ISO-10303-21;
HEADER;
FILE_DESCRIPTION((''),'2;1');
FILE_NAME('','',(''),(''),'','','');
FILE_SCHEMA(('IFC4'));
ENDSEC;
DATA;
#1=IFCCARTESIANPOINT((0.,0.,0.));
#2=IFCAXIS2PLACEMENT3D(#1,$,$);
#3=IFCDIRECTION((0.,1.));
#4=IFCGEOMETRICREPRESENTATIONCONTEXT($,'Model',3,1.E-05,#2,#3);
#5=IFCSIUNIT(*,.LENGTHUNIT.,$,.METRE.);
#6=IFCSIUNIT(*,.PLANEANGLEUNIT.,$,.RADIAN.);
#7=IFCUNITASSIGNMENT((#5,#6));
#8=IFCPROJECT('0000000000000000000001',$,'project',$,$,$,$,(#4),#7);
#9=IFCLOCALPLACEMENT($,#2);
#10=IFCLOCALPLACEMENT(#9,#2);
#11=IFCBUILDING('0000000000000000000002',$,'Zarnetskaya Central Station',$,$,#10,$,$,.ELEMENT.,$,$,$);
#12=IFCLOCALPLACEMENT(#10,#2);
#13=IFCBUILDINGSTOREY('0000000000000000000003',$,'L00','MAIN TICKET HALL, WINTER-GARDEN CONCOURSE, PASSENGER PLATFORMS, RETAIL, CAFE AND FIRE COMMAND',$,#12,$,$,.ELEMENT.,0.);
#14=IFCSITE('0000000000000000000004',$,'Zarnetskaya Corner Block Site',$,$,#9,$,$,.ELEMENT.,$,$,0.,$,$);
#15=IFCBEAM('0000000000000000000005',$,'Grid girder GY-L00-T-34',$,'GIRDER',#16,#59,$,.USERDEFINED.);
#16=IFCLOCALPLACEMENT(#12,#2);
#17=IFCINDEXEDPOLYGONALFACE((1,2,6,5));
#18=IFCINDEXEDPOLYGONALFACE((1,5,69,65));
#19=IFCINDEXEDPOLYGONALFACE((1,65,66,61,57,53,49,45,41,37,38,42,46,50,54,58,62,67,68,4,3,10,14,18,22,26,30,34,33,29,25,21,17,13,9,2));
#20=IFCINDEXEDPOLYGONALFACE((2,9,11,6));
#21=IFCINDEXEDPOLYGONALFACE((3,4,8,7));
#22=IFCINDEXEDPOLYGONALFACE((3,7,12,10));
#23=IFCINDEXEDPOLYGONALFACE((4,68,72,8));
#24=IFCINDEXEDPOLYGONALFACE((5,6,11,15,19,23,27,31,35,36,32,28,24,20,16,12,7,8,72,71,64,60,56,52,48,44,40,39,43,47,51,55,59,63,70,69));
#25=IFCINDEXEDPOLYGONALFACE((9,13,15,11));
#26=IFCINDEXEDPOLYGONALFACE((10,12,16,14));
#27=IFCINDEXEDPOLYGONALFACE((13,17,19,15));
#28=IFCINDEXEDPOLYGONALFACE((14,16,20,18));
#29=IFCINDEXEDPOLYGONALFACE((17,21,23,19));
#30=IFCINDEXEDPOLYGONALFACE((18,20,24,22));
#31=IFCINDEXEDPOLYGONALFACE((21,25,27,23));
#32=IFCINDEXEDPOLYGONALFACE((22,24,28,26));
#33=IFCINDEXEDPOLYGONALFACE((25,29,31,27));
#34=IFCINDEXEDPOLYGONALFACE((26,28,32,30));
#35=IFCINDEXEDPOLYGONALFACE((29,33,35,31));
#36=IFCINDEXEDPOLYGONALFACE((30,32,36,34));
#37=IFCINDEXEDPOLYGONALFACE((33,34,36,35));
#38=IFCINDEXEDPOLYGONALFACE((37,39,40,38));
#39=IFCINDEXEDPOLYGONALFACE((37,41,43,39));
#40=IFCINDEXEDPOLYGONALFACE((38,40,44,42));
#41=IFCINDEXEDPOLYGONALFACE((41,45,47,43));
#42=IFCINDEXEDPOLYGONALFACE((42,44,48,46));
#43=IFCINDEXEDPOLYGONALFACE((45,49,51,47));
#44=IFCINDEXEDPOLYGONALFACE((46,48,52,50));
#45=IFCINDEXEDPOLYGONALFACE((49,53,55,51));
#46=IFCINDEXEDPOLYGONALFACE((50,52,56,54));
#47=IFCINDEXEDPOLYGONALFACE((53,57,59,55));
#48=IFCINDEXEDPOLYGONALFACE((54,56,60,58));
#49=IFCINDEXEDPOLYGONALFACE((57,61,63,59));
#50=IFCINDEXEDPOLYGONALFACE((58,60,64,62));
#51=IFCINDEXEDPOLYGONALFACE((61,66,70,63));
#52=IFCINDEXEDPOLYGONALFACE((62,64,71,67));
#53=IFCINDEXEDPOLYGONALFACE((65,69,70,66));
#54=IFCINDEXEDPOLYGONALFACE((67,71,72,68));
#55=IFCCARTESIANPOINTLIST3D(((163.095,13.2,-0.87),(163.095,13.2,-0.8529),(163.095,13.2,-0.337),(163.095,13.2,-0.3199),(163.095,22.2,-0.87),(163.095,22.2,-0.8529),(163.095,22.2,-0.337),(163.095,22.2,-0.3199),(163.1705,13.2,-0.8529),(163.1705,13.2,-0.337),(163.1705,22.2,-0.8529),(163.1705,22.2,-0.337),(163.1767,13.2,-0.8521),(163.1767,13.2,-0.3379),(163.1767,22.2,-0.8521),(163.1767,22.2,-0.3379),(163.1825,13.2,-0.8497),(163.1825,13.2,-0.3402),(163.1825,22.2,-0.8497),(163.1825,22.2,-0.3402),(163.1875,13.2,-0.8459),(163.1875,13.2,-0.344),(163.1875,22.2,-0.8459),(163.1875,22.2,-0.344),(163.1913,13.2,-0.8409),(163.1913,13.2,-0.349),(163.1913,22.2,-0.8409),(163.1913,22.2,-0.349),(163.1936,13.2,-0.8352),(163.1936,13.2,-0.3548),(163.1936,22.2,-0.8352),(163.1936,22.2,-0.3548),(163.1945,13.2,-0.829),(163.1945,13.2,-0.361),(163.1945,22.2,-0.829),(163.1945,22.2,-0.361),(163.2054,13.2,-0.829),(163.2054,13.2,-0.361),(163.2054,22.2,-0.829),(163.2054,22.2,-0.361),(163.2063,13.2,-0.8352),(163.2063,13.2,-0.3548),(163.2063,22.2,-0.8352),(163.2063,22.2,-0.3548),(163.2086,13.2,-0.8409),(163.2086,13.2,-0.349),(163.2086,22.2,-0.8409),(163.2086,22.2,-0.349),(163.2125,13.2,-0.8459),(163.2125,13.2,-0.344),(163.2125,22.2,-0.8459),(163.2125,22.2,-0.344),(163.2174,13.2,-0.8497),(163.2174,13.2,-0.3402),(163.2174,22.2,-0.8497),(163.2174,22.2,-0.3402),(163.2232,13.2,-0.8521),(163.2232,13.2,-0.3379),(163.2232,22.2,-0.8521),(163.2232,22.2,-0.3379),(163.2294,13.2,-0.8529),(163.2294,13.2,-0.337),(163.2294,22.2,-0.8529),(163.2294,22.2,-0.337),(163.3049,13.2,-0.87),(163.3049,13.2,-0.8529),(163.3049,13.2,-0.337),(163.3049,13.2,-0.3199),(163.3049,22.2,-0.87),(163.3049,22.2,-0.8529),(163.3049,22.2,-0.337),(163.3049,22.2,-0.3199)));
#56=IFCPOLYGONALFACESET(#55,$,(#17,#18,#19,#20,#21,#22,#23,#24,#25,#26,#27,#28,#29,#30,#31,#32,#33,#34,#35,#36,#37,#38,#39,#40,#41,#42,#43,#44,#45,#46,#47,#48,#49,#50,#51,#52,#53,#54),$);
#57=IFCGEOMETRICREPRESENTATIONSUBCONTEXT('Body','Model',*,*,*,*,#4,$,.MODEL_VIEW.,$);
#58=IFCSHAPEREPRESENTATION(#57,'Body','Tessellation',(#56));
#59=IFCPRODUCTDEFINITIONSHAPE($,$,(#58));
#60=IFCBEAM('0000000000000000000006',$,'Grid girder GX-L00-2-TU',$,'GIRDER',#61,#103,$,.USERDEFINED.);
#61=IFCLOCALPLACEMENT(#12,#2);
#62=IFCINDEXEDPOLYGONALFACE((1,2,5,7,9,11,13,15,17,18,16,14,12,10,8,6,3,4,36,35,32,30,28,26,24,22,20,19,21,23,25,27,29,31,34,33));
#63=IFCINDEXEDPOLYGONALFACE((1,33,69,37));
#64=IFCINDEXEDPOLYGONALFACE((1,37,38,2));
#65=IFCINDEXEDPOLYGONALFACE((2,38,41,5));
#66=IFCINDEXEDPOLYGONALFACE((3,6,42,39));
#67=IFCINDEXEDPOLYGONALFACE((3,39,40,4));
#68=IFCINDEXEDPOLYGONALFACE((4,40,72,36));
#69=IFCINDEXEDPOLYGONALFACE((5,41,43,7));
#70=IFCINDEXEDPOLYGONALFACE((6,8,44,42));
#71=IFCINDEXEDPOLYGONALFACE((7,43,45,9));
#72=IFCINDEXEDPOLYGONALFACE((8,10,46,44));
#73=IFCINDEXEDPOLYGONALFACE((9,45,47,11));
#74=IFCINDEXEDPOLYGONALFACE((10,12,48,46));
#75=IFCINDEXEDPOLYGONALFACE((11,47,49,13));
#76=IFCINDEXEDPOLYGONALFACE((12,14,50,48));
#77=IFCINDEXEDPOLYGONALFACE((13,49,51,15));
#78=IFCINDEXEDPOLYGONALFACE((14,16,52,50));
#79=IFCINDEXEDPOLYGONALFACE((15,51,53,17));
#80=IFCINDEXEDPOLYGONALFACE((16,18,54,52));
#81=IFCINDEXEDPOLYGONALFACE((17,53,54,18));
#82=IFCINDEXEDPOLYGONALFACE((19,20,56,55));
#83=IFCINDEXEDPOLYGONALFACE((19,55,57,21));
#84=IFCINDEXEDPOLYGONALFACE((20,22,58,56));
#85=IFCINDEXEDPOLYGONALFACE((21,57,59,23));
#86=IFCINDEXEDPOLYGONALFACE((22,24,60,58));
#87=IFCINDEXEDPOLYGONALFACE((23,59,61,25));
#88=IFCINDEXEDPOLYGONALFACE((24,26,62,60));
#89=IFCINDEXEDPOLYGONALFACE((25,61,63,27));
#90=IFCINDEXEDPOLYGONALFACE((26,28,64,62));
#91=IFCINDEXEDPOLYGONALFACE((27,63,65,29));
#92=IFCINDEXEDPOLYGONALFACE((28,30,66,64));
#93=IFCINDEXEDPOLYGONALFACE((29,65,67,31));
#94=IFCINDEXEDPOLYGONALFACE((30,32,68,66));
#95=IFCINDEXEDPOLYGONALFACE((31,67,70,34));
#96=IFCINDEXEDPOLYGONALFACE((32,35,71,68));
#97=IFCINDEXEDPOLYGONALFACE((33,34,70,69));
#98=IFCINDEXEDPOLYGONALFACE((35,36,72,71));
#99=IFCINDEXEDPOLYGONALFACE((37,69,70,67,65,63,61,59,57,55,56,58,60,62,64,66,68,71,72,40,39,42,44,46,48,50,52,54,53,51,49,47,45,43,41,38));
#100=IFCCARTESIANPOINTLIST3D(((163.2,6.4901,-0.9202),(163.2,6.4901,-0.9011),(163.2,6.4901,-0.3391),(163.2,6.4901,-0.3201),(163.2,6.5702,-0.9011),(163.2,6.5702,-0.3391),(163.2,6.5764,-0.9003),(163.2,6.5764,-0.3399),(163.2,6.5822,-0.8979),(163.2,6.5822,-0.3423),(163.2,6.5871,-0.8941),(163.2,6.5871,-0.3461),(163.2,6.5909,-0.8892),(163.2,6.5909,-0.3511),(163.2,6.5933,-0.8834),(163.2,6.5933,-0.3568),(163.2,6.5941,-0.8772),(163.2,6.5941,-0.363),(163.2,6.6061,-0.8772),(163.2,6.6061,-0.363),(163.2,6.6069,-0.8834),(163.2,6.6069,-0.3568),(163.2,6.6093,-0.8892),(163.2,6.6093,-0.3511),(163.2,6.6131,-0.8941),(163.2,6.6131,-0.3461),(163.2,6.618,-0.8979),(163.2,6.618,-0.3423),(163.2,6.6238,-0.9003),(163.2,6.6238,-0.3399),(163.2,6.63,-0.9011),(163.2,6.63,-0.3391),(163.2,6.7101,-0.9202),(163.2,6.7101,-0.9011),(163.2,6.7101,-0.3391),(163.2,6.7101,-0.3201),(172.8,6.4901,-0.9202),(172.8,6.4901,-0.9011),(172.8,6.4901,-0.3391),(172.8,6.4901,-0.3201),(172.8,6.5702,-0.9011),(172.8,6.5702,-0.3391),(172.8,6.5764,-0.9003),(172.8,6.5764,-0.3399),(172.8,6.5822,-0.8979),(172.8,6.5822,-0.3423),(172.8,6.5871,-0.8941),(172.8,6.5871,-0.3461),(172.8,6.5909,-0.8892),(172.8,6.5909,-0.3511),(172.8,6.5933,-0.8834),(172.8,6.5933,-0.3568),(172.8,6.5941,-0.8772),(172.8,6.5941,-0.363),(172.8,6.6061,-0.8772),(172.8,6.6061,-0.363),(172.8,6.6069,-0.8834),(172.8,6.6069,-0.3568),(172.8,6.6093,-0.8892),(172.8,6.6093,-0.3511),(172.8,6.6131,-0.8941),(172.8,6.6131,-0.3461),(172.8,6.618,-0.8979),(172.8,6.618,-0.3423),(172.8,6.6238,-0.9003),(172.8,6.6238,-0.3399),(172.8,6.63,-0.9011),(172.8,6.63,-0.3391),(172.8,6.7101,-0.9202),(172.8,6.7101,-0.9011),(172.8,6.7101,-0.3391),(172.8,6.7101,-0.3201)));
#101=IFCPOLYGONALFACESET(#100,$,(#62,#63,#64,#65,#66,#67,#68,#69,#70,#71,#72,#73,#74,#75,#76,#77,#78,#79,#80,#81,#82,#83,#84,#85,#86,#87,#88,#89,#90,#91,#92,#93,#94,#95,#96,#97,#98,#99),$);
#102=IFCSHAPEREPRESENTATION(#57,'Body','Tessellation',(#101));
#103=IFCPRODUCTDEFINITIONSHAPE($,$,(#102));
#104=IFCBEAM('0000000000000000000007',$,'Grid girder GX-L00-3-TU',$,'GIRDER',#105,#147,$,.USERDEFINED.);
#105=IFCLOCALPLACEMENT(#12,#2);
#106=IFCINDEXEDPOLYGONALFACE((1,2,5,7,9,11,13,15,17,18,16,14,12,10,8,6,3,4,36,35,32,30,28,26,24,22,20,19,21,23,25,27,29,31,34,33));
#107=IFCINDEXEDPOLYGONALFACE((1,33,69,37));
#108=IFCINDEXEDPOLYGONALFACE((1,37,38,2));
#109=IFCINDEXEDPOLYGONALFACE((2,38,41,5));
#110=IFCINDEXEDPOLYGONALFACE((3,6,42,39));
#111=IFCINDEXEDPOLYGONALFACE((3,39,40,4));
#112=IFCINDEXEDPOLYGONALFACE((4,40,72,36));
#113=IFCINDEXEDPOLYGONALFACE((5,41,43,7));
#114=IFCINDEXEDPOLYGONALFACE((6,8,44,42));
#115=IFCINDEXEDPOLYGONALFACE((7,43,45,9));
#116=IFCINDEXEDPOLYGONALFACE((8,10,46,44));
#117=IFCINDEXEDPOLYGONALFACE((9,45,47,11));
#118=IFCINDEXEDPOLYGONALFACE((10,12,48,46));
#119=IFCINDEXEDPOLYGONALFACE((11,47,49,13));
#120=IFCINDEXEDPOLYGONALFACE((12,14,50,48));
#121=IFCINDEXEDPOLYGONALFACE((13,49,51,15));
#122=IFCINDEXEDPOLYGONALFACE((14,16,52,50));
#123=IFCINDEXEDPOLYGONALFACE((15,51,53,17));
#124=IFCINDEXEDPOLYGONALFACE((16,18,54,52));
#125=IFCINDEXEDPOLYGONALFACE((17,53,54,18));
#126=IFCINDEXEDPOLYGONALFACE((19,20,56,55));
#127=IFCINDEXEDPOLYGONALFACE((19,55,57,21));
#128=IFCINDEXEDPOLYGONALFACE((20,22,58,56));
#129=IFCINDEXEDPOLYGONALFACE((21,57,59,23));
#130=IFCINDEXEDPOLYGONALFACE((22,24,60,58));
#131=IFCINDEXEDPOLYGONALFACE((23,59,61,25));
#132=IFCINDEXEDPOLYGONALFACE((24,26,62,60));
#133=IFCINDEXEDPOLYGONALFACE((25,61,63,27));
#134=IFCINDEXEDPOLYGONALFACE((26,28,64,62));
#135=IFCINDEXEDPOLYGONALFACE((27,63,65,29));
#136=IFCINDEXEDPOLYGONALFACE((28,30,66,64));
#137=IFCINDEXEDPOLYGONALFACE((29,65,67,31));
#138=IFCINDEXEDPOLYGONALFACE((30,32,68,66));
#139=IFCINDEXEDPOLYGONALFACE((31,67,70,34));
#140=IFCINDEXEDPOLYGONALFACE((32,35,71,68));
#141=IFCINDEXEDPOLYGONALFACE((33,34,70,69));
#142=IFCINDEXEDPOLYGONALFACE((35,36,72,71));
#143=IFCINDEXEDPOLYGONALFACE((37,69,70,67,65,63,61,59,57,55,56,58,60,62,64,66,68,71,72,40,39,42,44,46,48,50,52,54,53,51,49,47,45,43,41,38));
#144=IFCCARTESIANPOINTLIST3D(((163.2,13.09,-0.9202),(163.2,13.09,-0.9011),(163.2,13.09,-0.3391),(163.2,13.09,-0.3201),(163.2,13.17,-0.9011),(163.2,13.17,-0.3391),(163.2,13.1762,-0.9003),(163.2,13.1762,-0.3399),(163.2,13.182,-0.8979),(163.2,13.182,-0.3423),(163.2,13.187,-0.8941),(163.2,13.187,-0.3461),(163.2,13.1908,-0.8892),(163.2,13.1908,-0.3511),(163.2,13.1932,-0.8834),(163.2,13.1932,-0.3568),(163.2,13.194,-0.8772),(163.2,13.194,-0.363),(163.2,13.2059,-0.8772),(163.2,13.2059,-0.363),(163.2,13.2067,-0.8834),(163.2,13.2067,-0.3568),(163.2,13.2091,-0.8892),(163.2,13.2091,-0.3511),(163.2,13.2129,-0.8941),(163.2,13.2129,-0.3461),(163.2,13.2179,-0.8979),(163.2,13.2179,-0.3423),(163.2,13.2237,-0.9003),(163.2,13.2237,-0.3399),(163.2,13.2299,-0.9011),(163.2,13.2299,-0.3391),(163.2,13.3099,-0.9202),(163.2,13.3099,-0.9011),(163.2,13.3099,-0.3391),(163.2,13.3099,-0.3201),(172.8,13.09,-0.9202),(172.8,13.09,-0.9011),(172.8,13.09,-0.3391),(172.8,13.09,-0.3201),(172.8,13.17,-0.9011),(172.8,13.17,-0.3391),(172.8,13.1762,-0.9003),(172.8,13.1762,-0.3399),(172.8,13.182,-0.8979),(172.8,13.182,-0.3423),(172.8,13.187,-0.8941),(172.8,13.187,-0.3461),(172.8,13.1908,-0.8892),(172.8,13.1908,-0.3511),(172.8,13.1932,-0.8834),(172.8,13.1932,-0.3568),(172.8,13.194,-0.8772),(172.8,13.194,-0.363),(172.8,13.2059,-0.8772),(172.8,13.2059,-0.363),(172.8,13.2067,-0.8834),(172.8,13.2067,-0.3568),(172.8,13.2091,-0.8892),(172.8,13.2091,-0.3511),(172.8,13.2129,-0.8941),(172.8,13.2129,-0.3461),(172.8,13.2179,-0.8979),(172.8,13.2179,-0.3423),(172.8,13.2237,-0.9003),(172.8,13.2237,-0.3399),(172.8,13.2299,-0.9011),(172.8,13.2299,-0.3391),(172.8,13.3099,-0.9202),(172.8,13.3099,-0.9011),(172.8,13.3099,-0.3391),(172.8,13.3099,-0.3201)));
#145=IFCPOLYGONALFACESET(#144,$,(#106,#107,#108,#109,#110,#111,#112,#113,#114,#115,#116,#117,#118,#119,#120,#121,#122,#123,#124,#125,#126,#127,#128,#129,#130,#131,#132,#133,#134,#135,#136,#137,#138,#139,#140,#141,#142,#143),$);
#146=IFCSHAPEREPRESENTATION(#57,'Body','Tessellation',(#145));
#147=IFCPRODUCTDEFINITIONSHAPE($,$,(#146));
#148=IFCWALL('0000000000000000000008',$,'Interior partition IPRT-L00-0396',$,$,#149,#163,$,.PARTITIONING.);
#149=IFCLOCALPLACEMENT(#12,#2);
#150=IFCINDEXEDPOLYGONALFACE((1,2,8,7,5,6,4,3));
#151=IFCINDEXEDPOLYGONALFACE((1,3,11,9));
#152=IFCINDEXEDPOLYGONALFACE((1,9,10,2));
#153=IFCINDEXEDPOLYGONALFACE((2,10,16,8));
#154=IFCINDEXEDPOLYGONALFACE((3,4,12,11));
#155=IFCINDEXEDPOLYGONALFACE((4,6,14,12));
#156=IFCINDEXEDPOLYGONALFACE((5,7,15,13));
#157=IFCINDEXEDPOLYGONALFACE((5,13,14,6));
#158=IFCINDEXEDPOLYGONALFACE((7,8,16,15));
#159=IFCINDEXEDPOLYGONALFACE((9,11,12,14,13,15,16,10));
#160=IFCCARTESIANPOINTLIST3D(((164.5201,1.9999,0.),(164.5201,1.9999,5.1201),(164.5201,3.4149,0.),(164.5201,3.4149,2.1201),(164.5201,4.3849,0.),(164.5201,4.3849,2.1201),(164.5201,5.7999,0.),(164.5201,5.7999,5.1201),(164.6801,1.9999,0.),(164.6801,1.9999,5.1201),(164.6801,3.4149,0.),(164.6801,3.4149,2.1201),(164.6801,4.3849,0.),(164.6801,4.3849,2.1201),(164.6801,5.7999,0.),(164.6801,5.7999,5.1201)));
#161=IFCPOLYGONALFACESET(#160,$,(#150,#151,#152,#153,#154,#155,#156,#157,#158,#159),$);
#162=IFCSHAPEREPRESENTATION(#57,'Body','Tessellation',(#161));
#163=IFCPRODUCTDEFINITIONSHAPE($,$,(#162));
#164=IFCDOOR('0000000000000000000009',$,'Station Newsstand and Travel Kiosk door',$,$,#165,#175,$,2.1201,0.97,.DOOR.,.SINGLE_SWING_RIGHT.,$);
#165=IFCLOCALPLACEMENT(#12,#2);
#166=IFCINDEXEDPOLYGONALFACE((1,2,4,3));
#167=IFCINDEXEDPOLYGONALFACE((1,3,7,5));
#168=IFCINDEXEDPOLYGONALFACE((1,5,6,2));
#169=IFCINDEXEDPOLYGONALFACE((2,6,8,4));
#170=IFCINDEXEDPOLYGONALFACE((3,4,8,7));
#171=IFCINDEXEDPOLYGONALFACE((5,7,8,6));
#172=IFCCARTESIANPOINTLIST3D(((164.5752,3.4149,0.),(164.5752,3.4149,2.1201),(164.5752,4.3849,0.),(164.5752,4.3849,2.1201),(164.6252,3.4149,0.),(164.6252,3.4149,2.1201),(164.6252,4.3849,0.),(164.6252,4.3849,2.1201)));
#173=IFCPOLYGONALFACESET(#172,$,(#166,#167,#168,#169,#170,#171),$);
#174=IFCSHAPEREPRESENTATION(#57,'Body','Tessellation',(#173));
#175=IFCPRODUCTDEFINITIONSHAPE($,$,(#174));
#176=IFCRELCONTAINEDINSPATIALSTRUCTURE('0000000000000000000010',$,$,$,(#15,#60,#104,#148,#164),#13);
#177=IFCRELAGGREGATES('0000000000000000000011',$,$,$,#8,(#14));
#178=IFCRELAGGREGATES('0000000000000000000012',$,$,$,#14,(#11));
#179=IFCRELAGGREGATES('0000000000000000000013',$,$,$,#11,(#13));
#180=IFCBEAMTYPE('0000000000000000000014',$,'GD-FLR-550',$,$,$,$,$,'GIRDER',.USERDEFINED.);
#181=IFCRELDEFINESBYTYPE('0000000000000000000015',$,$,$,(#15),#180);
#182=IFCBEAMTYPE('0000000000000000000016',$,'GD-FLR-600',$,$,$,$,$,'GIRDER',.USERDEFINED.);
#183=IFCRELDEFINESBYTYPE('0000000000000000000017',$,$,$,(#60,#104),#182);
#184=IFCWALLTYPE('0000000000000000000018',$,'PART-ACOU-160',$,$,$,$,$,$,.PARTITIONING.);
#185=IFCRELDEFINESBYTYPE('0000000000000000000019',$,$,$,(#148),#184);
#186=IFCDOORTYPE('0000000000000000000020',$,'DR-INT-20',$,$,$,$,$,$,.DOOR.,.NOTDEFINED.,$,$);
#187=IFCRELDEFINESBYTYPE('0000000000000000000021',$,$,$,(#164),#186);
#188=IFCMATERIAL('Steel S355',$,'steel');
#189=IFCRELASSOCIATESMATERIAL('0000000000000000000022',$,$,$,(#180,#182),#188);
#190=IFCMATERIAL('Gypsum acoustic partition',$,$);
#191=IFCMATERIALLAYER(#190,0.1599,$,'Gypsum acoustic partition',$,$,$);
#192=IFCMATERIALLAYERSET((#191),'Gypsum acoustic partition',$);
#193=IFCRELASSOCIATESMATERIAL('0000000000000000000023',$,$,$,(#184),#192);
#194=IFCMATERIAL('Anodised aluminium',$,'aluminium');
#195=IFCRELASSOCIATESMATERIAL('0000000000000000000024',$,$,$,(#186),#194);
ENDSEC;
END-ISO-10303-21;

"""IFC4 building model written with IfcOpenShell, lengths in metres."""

from ifc_helpers import new_model, si_unit, direction, frame, frame_2d, origin, origin_2d, place, context, subcontext, project, spatial, rectangle, i_section, extrude, material, layer, layer_set, material_profile, profile_set, type_object, element, fill, save


model = new_model("IFC4")

# Units and contexts
model_context = context("Model", 3, precision=1e-05, world=origin(), true_north=direction((0.0, 1.0)))
body_context = subcontext(model_context, "Body", "Model", "MODEL_VIEW")
ifc_project = project(units=[si_unit("LENGTHUNIT", "METRE"), si_unit("PLANEANGLEUNIT", "RADIAN")], contexts=[model_context])

# Site, building, storey
site_placement = place(None, origin())
site = spatial("IfcSite", under=ifc_project, at=site_placement, Name="Zarnetskaya Corner Block Site", CompositionType="ELEMENT", RefElevation=0.0)
building_placement = place(site_placement, origin())
building = spatial("IfcBuilding", under=site, at=building_placement, Name="Zarnetskaya Central Station", CompositionType="ELEMENT")
storey_placement = place(building_placement, origin())
storey = spatial("IfcBuildingStorey", under=building, at=storey_placement, Name="L00", Description="MAIN TICKET HALL, WINTER-GARDEN CONCOURSE, PASSENGER PLATFORMS, RETAIL, CAFE AND FIRE COMMAND", CompositionType="ELEMENT", Elevation=0.0)

# Shared definitions
ifc_material_1 = material(Name="Steel S355", Category="steel")

# Shared definitions
ifc_material_2 = material(Name="Anodised aluminium", Category="aluminium")

# Beams
ifc_material_profile_1 = material_profile(ifc_material_1, i_section(OverallWidth=0.21, OverallDepth=0.55, WebThickness=0.011, FlangeThickness=0.0171, FilletRadius=0.0239, at=origin_2d()), Name="IPE 550")
ifc_profile_set_1 = profile_set([ifc_material_profile_1], Name="Steel S355")
beam_type_1 = type_object("IfcBeamType", Name="GD-FLR-550", ElementType="GIRDER", PredefinedType="USERDEFINED", material=ifc_profile_set_1)
beam_1_placement = place(storey_placement, frame((163.2, 13.2, -0.595), z_axis=(0.0, 1.0, 0.0), x_axis=(-1.0, 0.0, 0.0)))
element("IfcBeam", 1, at=beam_1_placement, inside=storey, type_object=beam_type_1, Name="Grid girder GY-L00-T-34", ObjectType="GIRDER", PredefinedType="USERDEFINED", context=body_context, shape_type="SweptSolid", body=[
    extrude(i_section(OverallWidth=0.21, OverallDepth=0.55, WebThickness=0.011, FlangeThickness=0.0171, FilletRadius=0.0239, at=origin_2d()), origin(), (0.0, 0.0, 1.0), 9.0),
])
ifc_material_profile_2 = material_profile(ifc_material_1, i_section(OverallWidth=0.22, OverallDepth=0.6001, WebThickness=0.012, FlangeThickness=0.019, FilletRadius=0.0239, at=origin_2d()), Name="IPE 600")
ifc_profile_set_2 = profile_set([ifc_material_profile_2], Name="Steel S355")
beam_type_2 = type_object("IfcBeamType", Name="GD-FLR-600", ElementType="GIRDER", PredefinedType="USERDEFINED", material=ifc_profile_set_2)
for number, where, z_axis, x_axis, name in (
    (2, (163.2, 6.6001, -0.6201), (1.0, 0.0, 0.0), (0.0, 1.0, 0.0), "Grid girder GX-L00-2-TU"),
    (3, (163.2, 13.2, -0.6201), (1.0, 0.0, 0.0), (0.0, 1.0, 0.0), "Grid girder GX-L00-3-TU"),
):
    element("IfcBeam", number, at=place(storey_placement, frame(where, z_axis=z_axis, x_axis=x_axis)), inside=storey, type_object=beam_type_2, Name=name, ObjectType="GIRDER", PredefinedType="USERDEFINED", context=body_context, shape_type="SweptSolid", body=[
        extrude(i_section(OverallWidth=0.22, OverallDepth=0.6001, WebThickness=0.012, FlangeThickness=0.019, FilletRadius=0.0239, at=origin_2d()), origin(), (0.0, 0.0, 1.0), 9.6001),
    ])

# Wall, opening, door
ifc_material_3 = material(Name="Gypsum acoustic partition")
ifc_layer_1 = layer(ifc_material_3, 0.1599, Name="Gypsum acoustic partition")
ifc_layer_set_1 = layer_set([ifc_layer_1], Name="Gypsum acoustic partition")
wall_type_1 = type_object("IfcWallType", Name="PART-ACOU-160", PredefinedType="PARTITIONING", material=ifc_layer_set_1)
wall_1_placement = place(storey_placement, frame((164.6001, 2.0, 0.0), z_axis=(0.0, 0.0, 1.0), x_axis=(0.0, 1.0, 0.0)))
wall_1 = element("IfcWall", 4, at=wall_1_placement, inside=storey, type_object=wall_type_1, Name="Interior partition IPRT-L00-0396", PredefinedType="PARTITIONING", context=body_context, shape_type="SweptSolid", body=[
    extrude(rectangle(XDim=3.8, YDim=0.1599, at=frame_2d((1.8999, 0.0))), origin(), (0.0, 0.0, 1.0), 5.1201),
])
opening_1_placement = place(wall_1_placement, frame((1.415, 0.0, 0.0)))
opening_1 = element("IfcOpeningElement", 5, at=opening_1_placement, cuts=wall_1, PredefinedType="OPENING", context=body_context, shape_type="SweptSolid", body=[
    extrude(rectangle(XDim=0.97, YDim=2.1201, at=frame_2d((0.4849, 1.0601))), frame((0.0, 0.0898, 0.0), z_axis=(0.0, -1.0, 0.0), x_axis=(1.0, 0.0, 0.0)), (0.0, 0.0, 1.0), 0.1799),
])
door_type_1 = type_object("IfcDoorType", Name="DR-INT-20", OperationType="NOTDEFINED", PredefinedType="DOOR", material=ifc_material_2)
door_1_placement = place(opening_1_placement, origin())
door_1 = element("IfcDoor", 6, at=door_1_placement, inside=storey, type_object=door_type_1, Name="Station Newsstand and Travel Kiosk door", OperationType="SINGLE_SWING_RIGHT", OverallHeight=2.1201, OverallWidth=0.97, PredefinedType="DOOR", context=body_context, shape_type="SweptSolid", body=[
    extrude(rectangle(XDim=0.97, YDim=2.1201, at=frame_2d((0.4849, 1.0601))), frame((0.0, 0.0249, 0.0), z_axis=(0.0, -1.0, 0.0), x_axis=(1.0, 0.0, 0.0)), (0.0, 0.0, 1.0), 0.05),
])
fill(opening_1, door_1)

save(model, "model.ifc")
